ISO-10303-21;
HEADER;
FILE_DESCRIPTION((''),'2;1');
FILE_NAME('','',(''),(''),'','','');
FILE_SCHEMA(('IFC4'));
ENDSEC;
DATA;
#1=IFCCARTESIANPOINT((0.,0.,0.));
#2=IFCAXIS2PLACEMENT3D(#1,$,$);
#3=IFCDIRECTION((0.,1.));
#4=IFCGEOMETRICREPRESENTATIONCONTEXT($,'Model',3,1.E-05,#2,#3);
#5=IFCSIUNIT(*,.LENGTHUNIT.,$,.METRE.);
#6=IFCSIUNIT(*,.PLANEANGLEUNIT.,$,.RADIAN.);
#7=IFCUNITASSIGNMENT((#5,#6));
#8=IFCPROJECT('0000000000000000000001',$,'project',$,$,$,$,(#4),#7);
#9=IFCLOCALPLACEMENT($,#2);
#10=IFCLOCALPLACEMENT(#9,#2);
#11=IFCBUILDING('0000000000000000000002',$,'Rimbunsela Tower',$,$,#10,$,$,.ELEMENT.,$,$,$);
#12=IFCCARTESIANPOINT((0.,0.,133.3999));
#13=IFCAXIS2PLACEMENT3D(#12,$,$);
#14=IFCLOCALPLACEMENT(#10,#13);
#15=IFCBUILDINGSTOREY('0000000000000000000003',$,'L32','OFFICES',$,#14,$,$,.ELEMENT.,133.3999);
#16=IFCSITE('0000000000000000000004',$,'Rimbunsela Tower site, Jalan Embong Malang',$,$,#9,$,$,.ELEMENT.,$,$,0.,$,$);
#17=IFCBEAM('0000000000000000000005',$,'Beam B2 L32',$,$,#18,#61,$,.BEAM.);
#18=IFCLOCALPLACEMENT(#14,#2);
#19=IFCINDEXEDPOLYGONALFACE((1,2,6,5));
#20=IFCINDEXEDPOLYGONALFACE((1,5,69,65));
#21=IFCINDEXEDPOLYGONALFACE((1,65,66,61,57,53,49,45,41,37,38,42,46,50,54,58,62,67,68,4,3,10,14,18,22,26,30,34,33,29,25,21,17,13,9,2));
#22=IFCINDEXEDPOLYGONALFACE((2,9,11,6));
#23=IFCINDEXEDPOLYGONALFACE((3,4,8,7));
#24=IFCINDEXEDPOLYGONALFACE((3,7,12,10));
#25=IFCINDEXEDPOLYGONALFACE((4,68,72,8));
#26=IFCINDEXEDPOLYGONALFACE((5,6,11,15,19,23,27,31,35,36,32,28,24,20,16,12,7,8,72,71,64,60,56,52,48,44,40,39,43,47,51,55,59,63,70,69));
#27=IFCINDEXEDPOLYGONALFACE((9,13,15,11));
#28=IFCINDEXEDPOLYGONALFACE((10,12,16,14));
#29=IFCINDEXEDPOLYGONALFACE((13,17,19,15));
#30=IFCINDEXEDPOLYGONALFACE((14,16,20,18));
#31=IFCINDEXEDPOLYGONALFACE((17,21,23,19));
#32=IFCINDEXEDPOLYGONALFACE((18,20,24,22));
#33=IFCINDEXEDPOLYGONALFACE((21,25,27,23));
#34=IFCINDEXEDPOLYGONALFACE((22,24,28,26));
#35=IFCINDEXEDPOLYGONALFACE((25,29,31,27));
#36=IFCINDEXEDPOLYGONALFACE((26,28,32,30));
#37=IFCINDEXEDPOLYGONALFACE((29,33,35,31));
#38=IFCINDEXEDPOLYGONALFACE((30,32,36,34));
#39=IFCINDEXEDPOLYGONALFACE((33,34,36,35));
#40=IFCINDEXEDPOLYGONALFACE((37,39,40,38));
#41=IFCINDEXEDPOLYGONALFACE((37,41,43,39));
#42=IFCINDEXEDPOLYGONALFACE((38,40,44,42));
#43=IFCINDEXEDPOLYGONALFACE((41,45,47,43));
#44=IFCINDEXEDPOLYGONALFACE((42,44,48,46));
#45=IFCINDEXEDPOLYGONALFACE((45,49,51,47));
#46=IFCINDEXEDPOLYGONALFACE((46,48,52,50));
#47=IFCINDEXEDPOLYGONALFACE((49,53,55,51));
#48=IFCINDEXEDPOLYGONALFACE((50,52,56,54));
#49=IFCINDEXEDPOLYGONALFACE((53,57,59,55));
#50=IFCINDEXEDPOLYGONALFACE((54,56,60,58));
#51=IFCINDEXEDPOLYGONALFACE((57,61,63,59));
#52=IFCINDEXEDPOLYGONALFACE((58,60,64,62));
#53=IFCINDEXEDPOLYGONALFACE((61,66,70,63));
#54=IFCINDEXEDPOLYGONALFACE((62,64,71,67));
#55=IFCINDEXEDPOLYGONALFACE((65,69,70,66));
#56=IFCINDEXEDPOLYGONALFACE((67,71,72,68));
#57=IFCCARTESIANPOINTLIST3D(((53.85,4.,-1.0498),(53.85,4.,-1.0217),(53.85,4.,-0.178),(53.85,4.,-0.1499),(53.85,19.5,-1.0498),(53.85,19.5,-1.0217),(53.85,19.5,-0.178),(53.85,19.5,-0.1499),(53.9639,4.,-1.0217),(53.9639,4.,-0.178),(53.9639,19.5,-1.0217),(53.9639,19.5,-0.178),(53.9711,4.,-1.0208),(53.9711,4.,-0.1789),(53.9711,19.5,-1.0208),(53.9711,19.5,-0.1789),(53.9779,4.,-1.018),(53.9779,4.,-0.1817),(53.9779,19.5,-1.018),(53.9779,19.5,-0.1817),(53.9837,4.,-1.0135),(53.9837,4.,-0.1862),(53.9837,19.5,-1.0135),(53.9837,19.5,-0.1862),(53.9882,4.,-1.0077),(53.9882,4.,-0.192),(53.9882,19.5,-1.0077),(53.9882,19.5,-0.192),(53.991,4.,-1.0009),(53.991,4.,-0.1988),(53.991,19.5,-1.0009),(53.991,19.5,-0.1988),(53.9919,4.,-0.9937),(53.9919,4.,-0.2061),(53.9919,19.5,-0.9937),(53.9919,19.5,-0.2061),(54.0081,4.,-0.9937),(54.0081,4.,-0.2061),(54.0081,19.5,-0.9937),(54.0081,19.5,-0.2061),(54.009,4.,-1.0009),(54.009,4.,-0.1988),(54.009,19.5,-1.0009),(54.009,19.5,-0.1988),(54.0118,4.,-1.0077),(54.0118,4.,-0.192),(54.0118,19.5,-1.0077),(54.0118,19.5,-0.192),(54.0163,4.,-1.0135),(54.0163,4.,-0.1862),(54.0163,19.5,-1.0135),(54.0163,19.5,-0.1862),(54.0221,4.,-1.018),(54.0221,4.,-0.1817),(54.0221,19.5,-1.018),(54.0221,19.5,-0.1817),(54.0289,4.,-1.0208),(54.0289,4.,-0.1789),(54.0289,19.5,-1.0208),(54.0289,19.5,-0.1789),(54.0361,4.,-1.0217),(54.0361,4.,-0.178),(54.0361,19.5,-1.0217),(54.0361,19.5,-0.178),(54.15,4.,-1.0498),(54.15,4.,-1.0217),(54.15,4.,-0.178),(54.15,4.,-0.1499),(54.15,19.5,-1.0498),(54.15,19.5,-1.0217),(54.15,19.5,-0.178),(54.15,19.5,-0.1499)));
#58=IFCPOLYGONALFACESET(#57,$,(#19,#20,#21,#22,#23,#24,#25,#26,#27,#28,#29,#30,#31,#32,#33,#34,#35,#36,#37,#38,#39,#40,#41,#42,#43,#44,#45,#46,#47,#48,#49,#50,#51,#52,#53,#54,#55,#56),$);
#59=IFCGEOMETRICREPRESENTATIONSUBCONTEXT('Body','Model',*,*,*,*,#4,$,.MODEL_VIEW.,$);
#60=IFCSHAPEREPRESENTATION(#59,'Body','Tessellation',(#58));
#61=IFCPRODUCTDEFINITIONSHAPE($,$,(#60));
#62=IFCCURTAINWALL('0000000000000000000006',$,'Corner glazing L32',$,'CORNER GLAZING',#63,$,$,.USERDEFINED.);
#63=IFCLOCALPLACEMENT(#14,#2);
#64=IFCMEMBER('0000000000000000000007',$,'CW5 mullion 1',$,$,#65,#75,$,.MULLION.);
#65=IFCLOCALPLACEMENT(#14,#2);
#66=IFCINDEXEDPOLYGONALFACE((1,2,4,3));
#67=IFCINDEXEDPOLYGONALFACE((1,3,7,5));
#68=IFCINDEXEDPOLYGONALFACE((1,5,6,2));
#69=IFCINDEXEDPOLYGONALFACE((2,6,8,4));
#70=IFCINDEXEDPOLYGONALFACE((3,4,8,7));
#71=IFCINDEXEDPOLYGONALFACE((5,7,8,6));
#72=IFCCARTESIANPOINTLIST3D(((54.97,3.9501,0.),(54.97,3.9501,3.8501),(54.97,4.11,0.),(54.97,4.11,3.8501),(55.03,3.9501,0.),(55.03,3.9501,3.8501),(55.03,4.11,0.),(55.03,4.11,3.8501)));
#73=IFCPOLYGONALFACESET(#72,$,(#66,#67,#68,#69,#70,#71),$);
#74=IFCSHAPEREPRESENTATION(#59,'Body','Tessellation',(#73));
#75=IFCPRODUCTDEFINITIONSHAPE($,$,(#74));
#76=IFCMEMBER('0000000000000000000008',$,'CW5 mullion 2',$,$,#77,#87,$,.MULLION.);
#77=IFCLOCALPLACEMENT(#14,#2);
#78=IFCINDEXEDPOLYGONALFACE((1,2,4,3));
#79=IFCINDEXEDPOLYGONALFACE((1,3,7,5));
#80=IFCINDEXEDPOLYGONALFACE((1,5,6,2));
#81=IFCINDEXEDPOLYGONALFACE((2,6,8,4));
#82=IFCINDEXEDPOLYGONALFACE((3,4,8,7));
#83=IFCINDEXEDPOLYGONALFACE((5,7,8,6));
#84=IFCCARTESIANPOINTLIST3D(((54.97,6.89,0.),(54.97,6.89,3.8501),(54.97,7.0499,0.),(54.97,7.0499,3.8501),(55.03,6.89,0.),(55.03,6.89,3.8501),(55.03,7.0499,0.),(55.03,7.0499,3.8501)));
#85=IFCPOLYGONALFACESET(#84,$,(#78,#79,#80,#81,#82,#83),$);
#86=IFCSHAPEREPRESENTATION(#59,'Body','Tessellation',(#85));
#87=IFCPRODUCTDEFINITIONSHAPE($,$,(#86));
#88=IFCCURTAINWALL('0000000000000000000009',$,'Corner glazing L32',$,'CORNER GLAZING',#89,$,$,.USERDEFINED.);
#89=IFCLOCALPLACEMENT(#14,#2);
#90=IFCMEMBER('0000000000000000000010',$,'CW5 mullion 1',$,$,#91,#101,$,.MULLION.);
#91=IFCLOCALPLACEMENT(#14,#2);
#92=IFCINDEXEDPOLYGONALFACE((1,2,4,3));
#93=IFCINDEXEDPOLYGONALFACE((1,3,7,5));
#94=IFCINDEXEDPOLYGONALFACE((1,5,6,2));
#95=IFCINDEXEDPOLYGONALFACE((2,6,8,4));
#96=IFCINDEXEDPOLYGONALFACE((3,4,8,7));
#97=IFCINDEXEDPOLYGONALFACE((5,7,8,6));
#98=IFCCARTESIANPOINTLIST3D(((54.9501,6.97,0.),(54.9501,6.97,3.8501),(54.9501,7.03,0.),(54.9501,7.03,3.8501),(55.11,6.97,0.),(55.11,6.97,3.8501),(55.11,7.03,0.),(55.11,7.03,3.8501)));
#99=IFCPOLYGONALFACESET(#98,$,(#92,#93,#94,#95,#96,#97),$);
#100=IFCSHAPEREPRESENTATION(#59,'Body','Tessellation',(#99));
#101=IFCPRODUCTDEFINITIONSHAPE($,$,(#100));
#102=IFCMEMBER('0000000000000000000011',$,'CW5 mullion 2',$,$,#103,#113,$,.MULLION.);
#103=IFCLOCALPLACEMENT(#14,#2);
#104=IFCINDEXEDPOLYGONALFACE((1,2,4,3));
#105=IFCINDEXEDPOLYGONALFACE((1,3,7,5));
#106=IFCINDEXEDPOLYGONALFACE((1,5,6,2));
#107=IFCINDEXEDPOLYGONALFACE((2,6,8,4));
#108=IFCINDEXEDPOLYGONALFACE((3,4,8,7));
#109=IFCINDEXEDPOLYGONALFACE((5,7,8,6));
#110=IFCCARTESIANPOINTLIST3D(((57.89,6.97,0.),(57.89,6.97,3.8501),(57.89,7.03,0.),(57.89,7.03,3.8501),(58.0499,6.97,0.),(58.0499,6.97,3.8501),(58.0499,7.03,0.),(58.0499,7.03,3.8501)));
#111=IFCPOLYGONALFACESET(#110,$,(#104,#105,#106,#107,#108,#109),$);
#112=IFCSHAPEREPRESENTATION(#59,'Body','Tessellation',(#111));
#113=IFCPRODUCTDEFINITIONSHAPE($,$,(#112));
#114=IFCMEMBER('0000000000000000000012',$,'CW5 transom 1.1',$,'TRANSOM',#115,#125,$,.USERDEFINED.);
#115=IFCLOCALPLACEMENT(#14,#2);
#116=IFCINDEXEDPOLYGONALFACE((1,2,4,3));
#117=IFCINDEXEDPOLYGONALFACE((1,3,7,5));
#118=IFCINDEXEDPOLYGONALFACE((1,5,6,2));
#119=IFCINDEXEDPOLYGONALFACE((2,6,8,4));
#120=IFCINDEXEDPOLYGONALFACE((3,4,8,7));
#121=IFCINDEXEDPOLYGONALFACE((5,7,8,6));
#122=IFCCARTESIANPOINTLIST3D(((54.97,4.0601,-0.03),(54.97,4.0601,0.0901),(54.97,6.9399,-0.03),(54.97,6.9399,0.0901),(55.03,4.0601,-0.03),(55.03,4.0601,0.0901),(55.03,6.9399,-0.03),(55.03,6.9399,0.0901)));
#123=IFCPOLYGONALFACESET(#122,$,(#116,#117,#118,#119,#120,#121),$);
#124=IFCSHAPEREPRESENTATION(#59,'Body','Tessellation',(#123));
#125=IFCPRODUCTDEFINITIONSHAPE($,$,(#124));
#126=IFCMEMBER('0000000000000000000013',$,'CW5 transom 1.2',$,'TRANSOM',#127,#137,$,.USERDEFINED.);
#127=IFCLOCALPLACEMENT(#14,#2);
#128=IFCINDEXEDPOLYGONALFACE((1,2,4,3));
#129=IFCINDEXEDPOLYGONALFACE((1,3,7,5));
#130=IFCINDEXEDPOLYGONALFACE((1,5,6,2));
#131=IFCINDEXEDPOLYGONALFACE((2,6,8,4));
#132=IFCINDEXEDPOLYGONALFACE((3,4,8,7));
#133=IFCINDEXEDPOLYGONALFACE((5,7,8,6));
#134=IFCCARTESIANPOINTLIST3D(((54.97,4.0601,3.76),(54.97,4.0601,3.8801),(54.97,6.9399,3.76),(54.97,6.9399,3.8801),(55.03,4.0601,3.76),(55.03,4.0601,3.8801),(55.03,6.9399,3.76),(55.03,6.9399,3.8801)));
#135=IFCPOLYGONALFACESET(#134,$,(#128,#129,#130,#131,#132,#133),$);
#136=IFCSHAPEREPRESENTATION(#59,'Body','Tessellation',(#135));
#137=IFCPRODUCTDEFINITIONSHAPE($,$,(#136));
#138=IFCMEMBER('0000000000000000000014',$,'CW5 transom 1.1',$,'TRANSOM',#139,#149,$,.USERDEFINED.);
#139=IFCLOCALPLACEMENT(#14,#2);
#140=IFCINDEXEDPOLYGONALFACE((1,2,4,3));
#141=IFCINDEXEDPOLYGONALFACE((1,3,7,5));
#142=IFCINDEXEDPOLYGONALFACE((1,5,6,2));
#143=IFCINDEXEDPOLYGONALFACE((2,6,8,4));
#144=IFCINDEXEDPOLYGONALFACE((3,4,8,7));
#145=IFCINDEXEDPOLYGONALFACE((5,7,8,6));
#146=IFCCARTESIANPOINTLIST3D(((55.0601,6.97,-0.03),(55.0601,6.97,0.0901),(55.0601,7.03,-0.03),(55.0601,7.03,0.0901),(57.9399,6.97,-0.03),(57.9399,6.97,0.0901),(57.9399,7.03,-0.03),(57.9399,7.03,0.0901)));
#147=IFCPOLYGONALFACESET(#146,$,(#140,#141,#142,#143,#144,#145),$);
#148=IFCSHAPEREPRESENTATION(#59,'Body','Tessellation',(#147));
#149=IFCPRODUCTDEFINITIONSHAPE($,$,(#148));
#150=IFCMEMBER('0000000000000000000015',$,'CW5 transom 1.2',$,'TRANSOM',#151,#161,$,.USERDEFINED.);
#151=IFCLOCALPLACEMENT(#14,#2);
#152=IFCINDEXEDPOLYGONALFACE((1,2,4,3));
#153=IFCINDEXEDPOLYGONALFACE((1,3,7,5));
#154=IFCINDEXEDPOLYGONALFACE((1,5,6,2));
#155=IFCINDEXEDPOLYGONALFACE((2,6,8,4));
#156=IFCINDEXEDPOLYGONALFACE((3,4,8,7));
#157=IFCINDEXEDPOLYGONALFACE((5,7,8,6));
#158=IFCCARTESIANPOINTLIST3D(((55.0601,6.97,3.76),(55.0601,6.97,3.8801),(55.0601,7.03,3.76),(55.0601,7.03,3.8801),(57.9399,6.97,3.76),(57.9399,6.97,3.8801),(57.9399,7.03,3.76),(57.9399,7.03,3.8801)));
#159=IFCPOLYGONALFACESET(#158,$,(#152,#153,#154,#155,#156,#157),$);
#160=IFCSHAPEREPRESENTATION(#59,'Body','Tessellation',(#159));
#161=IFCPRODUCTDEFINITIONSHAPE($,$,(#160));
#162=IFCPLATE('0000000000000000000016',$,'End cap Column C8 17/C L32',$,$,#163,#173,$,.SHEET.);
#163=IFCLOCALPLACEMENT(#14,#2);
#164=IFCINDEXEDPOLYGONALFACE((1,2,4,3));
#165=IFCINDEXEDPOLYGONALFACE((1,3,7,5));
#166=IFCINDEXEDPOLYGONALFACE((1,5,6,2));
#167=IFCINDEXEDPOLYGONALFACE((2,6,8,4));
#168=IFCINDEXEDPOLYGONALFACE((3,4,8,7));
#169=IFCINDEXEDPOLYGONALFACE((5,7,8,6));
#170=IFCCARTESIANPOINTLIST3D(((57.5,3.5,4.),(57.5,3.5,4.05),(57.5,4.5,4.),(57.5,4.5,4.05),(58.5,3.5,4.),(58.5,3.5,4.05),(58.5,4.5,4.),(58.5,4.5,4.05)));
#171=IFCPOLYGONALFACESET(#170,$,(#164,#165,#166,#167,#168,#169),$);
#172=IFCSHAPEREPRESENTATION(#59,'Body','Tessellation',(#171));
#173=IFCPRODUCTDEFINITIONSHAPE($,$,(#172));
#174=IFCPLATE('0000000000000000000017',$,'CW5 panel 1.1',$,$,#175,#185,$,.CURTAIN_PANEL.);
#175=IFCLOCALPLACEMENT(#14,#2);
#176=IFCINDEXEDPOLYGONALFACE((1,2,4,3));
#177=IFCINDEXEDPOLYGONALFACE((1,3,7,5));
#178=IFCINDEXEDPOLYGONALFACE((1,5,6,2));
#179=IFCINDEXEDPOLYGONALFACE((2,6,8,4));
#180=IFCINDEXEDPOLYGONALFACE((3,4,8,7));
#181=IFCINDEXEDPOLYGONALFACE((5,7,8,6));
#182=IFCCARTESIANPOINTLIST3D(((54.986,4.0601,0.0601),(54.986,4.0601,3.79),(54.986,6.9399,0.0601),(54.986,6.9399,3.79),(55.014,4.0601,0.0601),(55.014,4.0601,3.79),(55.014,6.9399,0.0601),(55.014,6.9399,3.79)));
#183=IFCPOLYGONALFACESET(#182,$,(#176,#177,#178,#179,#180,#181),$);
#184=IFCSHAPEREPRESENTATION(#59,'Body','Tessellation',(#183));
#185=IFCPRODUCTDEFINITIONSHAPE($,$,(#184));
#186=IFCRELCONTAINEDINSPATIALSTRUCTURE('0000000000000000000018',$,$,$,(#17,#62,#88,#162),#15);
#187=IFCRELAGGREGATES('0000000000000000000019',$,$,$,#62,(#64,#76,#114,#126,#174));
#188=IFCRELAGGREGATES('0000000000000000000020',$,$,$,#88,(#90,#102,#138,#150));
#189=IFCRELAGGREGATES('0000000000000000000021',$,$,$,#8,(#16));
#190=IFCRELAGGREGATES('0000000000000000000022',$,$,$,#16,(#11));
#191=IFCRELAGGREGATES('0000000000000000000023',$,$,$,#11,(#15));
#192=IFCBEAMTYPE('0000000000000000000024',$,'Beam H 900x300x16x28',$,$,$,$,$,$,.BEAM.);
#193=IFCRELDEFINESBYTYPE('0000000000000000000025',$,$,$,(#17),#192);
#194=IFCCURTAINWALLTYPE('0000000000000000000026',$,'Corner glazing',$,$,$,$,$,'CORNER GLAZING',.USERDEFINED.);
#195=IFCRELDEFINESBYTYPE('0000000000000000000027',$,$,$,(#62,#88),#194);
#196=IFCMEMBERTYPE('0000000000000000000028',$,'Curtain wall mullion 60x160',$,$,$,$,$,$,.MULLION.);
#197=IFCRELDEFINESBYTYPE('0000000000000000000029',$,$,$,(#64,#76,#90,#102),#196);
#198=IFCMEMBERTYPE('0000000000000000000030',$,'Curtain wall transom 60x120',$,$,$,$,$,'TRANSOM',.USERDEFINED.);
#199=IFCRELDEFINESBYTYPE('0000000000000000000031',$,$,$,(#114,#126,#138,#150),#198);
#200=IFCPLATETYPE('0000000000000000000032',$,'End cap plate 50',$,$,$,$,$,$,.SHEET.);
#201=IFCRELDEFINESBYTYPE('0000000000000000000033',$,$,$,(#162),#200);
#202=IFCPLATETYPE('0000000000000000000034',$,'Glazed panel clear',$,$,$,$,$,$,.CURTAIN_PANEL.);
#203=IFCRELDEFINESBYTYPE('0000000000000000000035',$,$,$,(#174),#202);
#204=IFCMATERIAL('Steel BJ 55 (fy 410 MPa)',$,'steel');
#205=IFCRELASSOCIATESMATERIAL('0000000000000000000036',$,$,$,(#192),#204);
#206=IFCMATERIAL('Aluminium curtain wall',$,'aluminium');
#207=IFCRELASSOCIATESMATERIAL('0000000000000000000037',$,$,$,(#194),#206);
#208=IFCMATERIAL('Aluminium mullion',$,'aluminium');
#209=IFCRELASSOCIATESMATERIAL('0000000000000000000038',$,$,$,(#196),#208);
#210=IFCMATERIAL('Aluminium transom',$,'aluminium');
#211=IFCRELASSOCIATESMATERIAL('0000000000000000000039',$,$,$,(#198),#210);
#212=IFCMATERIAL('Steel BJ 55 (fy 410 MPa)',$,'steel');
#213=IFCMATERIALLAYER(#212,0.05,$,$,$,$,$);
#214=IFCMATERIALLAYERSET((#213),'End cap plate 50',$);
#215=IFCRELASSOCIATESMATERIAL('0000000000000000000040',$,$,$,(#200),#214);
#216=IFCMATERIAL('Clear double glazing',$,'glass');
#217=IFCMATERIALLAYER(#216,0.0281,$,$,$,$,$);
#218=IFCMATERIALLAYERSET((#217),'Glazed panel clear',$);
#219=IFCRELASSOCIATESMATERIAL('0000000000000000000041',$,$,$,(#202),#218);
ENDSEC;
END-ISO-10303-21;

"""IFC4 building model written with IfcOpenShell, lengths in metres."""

from ifc_helpers import new_model, si_unit, direction, frame, origin, origin_2d, place, context, subcontext, project, spatial, rectangle, i_section, extrude, material, layer, layer_set, material_profile, profile_set, type_object, element, aggregate, save


model = new_model("IFC4")

# Units and contexts
model_context = context("Model", 3, precision=1e-05, world=origin(), true_north=direction((0.0, 1.0)))
body_context = subcontext(model_context, "Body", "Model", "MODEL_VIEW")
ifc_project = project(units=[si_unit("LENGTHUNIT", "METRE"), si_unit("PLANEANGLEUNIT", "RADIAN")], contexts=[model_context])

# Site, building, storey
site_placement = place(None, origin())
site = spatial("IfcSite", under=ifc_project, at=site_placement, Name="Rimbunsela Tower site, Jalan Embong Malang", CompositionType="ELEMENT", RefElevation=0.0)
building_placement = place(site_placement, origin())
building = spatial("IfcBuilding", under=site, at=building_placement, Name="Rimbunsela Tower", CompositionType="ELEMENT")
storey_placement = place(building_placement, frame((0.0, 0.0, 133.3999)))
storey = spatial("IfcBuildingStorey", under=building, at=storey_placement, Name="L32", Description="OFFICES", CompositionType="ELEMENT", Elevation=133.3999)

# Beam
ifc_material_1 = material(Name="Steel BJ 55 (fy 410 MPa)", Category="steel")
ifc_material_profile_1 = material_profile(ifc_material_1, i_section(OverallWidth=0.3, OverallDepth=0.8999, WebThickness=0.0161, FlangeThickness=0.0281, FilletRadius=0.0281, at=origin_2d()), Name="H 900x300x16x28")
ifc_profile_set_1 = profile_set([ifc_material_profile_1], Name="Steel BJ 55 (fy 410 MPa)")
beam_type_1 = type_object("IfcBeamType", Name="Beam H 900x300x16x28", PredefinedType="BEAM", material=ifc_profile_set_1)
for number, where, z_axis, x_axis, name in (
    (1, (54.0, 4.0, -0.5999), (0.0, 1.0, 0.0), (-1.0, 0.0, 0.0), "Beam B2 L32"),
):
    element("IfcBeam", number, at=place(storey_placement, frame(where, z_axis=z_axis, x_axis=x_axis)), inside=storey, type_object=beam_type_1, Name=name, PredefinedType="BEAM", context=body_context, shape_type="SweptSolid", body=[
        extrude(i_section(OverallWidth=0.3, OverallDepth=0.8999, WebThickness=0.0161, FlangeThickness=0.0281, FilletRadius=0.0281, at=origin_2d()), origin(), (0.0, 0.0, 1.0), 15.5),
    ])

# Curtain walls, members
ifc_material_2 = material(Name="Aluminium curtain wall", Category="aluminium")
curtain_wall_type = type_object("IfcCurtainWallType", Name="Corner glazing", ElementType="CORNER GLAZING", PredefinedType="USERDEFINED", material=ifc_material_2)
curtain_wall_1_placement = place(storey_placement, origin())
curtain_wall_1 = element("IfcCurtainWall", 2, at=curtain_wall_1_placement, inside=storey, type_object=curtain_wall_type, Name="Corner glazing L32", ObjectType="CORNER GLAZING", PredefinedType="USERDEFINED")
ifc_material_3 = material(Name="Aluminium mullion", Category="aluminium")
ifc_material_profile_2 = material_profile(ifc_material_3, rectangle(XDim=0.0601, YDim=0.1599, at=origin_2d()), Name="Mullion 60x160")
ifc_profile_set_2 = profile_set([ifc_material_profile_2], Name="Aluminium mullion")
member_type_1 = type_object("IfcMemberType", Name="Curtain wall mullion 60x160", PredefinedType="MULLION", material=ifc_profile_set_2)
member_1_placement = place(storey_placement, frame((55.0, 4.03, 0.0), z_axis=(0.0, 0.0, 1.0), x_axis=(-1.0, 0.0, 0.0)))
member_1 = element("IfcMember", 3, at=member_1_placement, type_object=member_type_1, Name="CW5 mullion 1", PredefinedType="MULLION", context=body_context, shape_type="SweptSolid", body=[
    extrude(rectangle(XDim=0.0601, YDim=0.1599, at=origin_2d()), origin(), (0.0, 0.0, 1.0), 3.8501),
])
member_2_placement = place(storey_placement, frame((55.0, 6.97, 0.0), z_axis=(0.0, 0.0, 1.0), x_axis=(-1.0, 0.0, 0.0)))
member_2 = element("IfcMember", 4, at=member_2_placement, type_object=member_type_1, Name="CW5 mullion 2", PredefinedType="MULLION", context=body_context, shape_type="SweptSolid", body=[
    extrude(rectangle(XDim=0.0601, YDim=0.1599, at=origin_2d()), origin(), (0.0, 0.0, 1.0), 3.8501),
])
curtain_wall_2_placement = place(storey_placement, origin())
curtain_wall_2 = element("IfcCurtainWall", 5, at=curtain_wall_2_placement, inside=storey, type_object=curtain_wall_type, Name="Corner glazing L32", ObjectType="CORNER GLAZING", PredefinedType="USERDEFINED")
member_3_placement = place(storey_placement, frame((55.03, 7.0, 0.0), z_axis=(0.0, 0.0, 1.0), x_axis=(0.0, 1.0, 0.0)))
member_3 = element("IfcMember", 6, at=member_3_placement, type_object=member_type_1, Name="CW5 mullion 1", PredefinedType="MULLION", context=body_context, shape_type="SweptSolid", body=[
    extrude(rectangle(XDim=0.0601, YDim=0.1599, at=origin_2d()), origin(), (0.0, 0.0, 1.0), 3.8501),
])
member_4_placement = place(storey_placement, frame((57.97, 7.0, 0.0), z_axis=(0.0, 0.0, 1.0), x_axis=(0.0, 1.0, 0.0)))
member_4 = element("IfcMember", 7, at=member_4_placement, type_object=member_type_1, Name="CW5 mullion 2", PredefinedType="MULLION", context=body_context, shape_type="SweptSolid", body=[
    extrude(rectangle(XDim=0.0601, YDim=0.1599, at=origin_2d()), origin(), (0.0, 0.0, 1.0), 3.8501),
])

# Members
ifc_material_4 = material(Name="Aluminium transom", Category="aluminium")
ifc_material_profile_3 = material_profile(ifc_material_4, rectangle(XDim=0.0601, YDim=0.1201, at=origin_2d()), Name="Transom 60x120")
ifc_profile_set_3 = profile_set([ifc_material_profile_3], Name="Aluminium transom")
member_type_2 = type_object("IfcMemberType", Name="Curtain wall transom 60x120", ElementType="TRANSOM", PredefinedType="USERDEFINED", material=ifc_profile_set_3)
member_5_placement = place(storey_placement, frame((55.0, 4.0601, 0.03), z_axis=(0.0, 1.0, 0.0), x_axis=(-1.0, 0.0, 0.0)))
member_5 = element("IfcMember", 8, at=member_5_placement, type_object=member_type_2, Name="CW5 transom 1.1", ObjectType="TRANSOM", PredefinedType="USERDEFINED", context=body_context, shape_type="SweptSolid", body=[
    extrude(rectangle(XDim=0.0601, YDim=0.1201, at=origin_2d()), origin(), (0.0, 0.0, 1.0), 2.8799),
])
member_6_placement = place(storey_placement, frame((55.0, 4.0601, 3.8201), z_axis=(0.0, 1.0, 0.0), x_axis=(-1.0, 0.0, 0.0)))
member_6 = element("IfcMember", 9, at=member_6_placement, type_object=member_type_2, Name="CW5 transom 1.2", ObjectType="TRANSOM", PredefinedType="USERDEFINED", context=body_context, shape_type="SweptSolid", body=[
    extrude(rectangle(XDim=0.0601, YDim=0.1201, at=origin_2d()), origin(), (0.0, 0.0, 1.0), 2.8799),
])
member_7_placement = place(storey_placement, frame((55.0601, 7.0, 0.03), z_axis=(1.0, 0.0, 0.0), x_axis=(0.0, 1.0, 0.0)))
member_7 = element("IfcMember", 10, at=member_7_placement, type_object=member_type_2, Name="CW5 transom 1.1", ObjectType="TRANSOM", PredefinedType="USERDEFINED", context=body_context, shape_type="SweptSolid", body=[
    extrude(rectangle(XDim=0.0601, YDim=0.1201, at=origin_2d()), origin(), (0.0, 0.0, 1.0), 2.8799),
])
member_8_placement = place(storey_placement, frame((55.0601, 7.0, 3.8201), z_axis=(1.0, 0.0, 0.0), x_axis=(0.0, 1.0, 0.0)))
member_8 = element("IfcMember", 11, at=member_8_placement, type_object=member_type_2, Name="CW5 transom 1.2", ObjectType="TRANSOM", PredefinedType="USERDEFINED", context=body_context, shape_type="SweptSolid", body=[
    extrude(rectangle(XDim=0.0601, YDim=0.1201, at=origin_2d()), origin(), (0.0, 0.0, 1.0), 2.8799),
])

# Plates
ifc_material_5 = material(Name="Steel BJ 55 (fy 410 MPa)", Category="steel")
ifc_layer_1 = layer(ifc_material_5, 0.05)
ifc_layer_set_1 = layer_set([ifc_layer_1], Name="End cap plate 50")
plate_type_1 = type_object("IfcPlateType", Name="End cap plate 50", PredefinedType="SHEET", material=ifc_layer_set_1)
plate_1_placement = place(storey_placement, frame((58.0, 4.0, 4.0), z_axis=(0.0, 0.0, 1.0), x_axis=(1.0, 0.0, 0.0)))
element("IfcPlate", 12, at=plate_1_placement, inside=storey, type_object=plate_type_1, Name="End cap Column C8 17/C L32", PredefinedType="SHEET", context=body_context, shape_type="SweptSolid", body=[
    extrude(rectangle(XDim=1.0, YDim=1.0, at=origin_2d()), origin(), (0.0, 0.0, 1.0), 0.05),
])
ifc_material_6 = material(Name="Clear double glazing", Category="glass")
ifc_layer_2 = layer(ifc_material_6, 0.0281)
ifc_layer_set_2 = layer_set([ifc_layer_2], Name="Glazed panel clear")
plate_type_2 = type_object("IfcPlateType", Name="Glazed panel clear", PredefinedType="CURTAIN_PANEL", material=ifc_layer_set_2)
plate_2_placement = place(storey_placement, frame((55.0, 5.5, 0.0601), z_axis=(0.0, 0.0, 1.0), x_axis=(0.0, 1.0, 0.0)))
plate_2 = element("IfcPlate", 13, at=plate_2_placement, type_object=plate_type_2, Name="CW5 panel 1.1", PredefinedType="CURTAIN_PANEL", context=body_context, shape_type="SweptSolid", body=[
    extrude(rectangle(XDim=2.8799, YDim=0.0281, at=origin_2d()), origin(), (0.0, 0.0, 1.0), 3.73),
])
aggregate(curtain_wall_1, [member_1, member_2, member_5, member_6, plate_2])
aggregate(curtain_wall_2, [member_3, member_4, member_7, member_8])

save(model, "model.ifc")
